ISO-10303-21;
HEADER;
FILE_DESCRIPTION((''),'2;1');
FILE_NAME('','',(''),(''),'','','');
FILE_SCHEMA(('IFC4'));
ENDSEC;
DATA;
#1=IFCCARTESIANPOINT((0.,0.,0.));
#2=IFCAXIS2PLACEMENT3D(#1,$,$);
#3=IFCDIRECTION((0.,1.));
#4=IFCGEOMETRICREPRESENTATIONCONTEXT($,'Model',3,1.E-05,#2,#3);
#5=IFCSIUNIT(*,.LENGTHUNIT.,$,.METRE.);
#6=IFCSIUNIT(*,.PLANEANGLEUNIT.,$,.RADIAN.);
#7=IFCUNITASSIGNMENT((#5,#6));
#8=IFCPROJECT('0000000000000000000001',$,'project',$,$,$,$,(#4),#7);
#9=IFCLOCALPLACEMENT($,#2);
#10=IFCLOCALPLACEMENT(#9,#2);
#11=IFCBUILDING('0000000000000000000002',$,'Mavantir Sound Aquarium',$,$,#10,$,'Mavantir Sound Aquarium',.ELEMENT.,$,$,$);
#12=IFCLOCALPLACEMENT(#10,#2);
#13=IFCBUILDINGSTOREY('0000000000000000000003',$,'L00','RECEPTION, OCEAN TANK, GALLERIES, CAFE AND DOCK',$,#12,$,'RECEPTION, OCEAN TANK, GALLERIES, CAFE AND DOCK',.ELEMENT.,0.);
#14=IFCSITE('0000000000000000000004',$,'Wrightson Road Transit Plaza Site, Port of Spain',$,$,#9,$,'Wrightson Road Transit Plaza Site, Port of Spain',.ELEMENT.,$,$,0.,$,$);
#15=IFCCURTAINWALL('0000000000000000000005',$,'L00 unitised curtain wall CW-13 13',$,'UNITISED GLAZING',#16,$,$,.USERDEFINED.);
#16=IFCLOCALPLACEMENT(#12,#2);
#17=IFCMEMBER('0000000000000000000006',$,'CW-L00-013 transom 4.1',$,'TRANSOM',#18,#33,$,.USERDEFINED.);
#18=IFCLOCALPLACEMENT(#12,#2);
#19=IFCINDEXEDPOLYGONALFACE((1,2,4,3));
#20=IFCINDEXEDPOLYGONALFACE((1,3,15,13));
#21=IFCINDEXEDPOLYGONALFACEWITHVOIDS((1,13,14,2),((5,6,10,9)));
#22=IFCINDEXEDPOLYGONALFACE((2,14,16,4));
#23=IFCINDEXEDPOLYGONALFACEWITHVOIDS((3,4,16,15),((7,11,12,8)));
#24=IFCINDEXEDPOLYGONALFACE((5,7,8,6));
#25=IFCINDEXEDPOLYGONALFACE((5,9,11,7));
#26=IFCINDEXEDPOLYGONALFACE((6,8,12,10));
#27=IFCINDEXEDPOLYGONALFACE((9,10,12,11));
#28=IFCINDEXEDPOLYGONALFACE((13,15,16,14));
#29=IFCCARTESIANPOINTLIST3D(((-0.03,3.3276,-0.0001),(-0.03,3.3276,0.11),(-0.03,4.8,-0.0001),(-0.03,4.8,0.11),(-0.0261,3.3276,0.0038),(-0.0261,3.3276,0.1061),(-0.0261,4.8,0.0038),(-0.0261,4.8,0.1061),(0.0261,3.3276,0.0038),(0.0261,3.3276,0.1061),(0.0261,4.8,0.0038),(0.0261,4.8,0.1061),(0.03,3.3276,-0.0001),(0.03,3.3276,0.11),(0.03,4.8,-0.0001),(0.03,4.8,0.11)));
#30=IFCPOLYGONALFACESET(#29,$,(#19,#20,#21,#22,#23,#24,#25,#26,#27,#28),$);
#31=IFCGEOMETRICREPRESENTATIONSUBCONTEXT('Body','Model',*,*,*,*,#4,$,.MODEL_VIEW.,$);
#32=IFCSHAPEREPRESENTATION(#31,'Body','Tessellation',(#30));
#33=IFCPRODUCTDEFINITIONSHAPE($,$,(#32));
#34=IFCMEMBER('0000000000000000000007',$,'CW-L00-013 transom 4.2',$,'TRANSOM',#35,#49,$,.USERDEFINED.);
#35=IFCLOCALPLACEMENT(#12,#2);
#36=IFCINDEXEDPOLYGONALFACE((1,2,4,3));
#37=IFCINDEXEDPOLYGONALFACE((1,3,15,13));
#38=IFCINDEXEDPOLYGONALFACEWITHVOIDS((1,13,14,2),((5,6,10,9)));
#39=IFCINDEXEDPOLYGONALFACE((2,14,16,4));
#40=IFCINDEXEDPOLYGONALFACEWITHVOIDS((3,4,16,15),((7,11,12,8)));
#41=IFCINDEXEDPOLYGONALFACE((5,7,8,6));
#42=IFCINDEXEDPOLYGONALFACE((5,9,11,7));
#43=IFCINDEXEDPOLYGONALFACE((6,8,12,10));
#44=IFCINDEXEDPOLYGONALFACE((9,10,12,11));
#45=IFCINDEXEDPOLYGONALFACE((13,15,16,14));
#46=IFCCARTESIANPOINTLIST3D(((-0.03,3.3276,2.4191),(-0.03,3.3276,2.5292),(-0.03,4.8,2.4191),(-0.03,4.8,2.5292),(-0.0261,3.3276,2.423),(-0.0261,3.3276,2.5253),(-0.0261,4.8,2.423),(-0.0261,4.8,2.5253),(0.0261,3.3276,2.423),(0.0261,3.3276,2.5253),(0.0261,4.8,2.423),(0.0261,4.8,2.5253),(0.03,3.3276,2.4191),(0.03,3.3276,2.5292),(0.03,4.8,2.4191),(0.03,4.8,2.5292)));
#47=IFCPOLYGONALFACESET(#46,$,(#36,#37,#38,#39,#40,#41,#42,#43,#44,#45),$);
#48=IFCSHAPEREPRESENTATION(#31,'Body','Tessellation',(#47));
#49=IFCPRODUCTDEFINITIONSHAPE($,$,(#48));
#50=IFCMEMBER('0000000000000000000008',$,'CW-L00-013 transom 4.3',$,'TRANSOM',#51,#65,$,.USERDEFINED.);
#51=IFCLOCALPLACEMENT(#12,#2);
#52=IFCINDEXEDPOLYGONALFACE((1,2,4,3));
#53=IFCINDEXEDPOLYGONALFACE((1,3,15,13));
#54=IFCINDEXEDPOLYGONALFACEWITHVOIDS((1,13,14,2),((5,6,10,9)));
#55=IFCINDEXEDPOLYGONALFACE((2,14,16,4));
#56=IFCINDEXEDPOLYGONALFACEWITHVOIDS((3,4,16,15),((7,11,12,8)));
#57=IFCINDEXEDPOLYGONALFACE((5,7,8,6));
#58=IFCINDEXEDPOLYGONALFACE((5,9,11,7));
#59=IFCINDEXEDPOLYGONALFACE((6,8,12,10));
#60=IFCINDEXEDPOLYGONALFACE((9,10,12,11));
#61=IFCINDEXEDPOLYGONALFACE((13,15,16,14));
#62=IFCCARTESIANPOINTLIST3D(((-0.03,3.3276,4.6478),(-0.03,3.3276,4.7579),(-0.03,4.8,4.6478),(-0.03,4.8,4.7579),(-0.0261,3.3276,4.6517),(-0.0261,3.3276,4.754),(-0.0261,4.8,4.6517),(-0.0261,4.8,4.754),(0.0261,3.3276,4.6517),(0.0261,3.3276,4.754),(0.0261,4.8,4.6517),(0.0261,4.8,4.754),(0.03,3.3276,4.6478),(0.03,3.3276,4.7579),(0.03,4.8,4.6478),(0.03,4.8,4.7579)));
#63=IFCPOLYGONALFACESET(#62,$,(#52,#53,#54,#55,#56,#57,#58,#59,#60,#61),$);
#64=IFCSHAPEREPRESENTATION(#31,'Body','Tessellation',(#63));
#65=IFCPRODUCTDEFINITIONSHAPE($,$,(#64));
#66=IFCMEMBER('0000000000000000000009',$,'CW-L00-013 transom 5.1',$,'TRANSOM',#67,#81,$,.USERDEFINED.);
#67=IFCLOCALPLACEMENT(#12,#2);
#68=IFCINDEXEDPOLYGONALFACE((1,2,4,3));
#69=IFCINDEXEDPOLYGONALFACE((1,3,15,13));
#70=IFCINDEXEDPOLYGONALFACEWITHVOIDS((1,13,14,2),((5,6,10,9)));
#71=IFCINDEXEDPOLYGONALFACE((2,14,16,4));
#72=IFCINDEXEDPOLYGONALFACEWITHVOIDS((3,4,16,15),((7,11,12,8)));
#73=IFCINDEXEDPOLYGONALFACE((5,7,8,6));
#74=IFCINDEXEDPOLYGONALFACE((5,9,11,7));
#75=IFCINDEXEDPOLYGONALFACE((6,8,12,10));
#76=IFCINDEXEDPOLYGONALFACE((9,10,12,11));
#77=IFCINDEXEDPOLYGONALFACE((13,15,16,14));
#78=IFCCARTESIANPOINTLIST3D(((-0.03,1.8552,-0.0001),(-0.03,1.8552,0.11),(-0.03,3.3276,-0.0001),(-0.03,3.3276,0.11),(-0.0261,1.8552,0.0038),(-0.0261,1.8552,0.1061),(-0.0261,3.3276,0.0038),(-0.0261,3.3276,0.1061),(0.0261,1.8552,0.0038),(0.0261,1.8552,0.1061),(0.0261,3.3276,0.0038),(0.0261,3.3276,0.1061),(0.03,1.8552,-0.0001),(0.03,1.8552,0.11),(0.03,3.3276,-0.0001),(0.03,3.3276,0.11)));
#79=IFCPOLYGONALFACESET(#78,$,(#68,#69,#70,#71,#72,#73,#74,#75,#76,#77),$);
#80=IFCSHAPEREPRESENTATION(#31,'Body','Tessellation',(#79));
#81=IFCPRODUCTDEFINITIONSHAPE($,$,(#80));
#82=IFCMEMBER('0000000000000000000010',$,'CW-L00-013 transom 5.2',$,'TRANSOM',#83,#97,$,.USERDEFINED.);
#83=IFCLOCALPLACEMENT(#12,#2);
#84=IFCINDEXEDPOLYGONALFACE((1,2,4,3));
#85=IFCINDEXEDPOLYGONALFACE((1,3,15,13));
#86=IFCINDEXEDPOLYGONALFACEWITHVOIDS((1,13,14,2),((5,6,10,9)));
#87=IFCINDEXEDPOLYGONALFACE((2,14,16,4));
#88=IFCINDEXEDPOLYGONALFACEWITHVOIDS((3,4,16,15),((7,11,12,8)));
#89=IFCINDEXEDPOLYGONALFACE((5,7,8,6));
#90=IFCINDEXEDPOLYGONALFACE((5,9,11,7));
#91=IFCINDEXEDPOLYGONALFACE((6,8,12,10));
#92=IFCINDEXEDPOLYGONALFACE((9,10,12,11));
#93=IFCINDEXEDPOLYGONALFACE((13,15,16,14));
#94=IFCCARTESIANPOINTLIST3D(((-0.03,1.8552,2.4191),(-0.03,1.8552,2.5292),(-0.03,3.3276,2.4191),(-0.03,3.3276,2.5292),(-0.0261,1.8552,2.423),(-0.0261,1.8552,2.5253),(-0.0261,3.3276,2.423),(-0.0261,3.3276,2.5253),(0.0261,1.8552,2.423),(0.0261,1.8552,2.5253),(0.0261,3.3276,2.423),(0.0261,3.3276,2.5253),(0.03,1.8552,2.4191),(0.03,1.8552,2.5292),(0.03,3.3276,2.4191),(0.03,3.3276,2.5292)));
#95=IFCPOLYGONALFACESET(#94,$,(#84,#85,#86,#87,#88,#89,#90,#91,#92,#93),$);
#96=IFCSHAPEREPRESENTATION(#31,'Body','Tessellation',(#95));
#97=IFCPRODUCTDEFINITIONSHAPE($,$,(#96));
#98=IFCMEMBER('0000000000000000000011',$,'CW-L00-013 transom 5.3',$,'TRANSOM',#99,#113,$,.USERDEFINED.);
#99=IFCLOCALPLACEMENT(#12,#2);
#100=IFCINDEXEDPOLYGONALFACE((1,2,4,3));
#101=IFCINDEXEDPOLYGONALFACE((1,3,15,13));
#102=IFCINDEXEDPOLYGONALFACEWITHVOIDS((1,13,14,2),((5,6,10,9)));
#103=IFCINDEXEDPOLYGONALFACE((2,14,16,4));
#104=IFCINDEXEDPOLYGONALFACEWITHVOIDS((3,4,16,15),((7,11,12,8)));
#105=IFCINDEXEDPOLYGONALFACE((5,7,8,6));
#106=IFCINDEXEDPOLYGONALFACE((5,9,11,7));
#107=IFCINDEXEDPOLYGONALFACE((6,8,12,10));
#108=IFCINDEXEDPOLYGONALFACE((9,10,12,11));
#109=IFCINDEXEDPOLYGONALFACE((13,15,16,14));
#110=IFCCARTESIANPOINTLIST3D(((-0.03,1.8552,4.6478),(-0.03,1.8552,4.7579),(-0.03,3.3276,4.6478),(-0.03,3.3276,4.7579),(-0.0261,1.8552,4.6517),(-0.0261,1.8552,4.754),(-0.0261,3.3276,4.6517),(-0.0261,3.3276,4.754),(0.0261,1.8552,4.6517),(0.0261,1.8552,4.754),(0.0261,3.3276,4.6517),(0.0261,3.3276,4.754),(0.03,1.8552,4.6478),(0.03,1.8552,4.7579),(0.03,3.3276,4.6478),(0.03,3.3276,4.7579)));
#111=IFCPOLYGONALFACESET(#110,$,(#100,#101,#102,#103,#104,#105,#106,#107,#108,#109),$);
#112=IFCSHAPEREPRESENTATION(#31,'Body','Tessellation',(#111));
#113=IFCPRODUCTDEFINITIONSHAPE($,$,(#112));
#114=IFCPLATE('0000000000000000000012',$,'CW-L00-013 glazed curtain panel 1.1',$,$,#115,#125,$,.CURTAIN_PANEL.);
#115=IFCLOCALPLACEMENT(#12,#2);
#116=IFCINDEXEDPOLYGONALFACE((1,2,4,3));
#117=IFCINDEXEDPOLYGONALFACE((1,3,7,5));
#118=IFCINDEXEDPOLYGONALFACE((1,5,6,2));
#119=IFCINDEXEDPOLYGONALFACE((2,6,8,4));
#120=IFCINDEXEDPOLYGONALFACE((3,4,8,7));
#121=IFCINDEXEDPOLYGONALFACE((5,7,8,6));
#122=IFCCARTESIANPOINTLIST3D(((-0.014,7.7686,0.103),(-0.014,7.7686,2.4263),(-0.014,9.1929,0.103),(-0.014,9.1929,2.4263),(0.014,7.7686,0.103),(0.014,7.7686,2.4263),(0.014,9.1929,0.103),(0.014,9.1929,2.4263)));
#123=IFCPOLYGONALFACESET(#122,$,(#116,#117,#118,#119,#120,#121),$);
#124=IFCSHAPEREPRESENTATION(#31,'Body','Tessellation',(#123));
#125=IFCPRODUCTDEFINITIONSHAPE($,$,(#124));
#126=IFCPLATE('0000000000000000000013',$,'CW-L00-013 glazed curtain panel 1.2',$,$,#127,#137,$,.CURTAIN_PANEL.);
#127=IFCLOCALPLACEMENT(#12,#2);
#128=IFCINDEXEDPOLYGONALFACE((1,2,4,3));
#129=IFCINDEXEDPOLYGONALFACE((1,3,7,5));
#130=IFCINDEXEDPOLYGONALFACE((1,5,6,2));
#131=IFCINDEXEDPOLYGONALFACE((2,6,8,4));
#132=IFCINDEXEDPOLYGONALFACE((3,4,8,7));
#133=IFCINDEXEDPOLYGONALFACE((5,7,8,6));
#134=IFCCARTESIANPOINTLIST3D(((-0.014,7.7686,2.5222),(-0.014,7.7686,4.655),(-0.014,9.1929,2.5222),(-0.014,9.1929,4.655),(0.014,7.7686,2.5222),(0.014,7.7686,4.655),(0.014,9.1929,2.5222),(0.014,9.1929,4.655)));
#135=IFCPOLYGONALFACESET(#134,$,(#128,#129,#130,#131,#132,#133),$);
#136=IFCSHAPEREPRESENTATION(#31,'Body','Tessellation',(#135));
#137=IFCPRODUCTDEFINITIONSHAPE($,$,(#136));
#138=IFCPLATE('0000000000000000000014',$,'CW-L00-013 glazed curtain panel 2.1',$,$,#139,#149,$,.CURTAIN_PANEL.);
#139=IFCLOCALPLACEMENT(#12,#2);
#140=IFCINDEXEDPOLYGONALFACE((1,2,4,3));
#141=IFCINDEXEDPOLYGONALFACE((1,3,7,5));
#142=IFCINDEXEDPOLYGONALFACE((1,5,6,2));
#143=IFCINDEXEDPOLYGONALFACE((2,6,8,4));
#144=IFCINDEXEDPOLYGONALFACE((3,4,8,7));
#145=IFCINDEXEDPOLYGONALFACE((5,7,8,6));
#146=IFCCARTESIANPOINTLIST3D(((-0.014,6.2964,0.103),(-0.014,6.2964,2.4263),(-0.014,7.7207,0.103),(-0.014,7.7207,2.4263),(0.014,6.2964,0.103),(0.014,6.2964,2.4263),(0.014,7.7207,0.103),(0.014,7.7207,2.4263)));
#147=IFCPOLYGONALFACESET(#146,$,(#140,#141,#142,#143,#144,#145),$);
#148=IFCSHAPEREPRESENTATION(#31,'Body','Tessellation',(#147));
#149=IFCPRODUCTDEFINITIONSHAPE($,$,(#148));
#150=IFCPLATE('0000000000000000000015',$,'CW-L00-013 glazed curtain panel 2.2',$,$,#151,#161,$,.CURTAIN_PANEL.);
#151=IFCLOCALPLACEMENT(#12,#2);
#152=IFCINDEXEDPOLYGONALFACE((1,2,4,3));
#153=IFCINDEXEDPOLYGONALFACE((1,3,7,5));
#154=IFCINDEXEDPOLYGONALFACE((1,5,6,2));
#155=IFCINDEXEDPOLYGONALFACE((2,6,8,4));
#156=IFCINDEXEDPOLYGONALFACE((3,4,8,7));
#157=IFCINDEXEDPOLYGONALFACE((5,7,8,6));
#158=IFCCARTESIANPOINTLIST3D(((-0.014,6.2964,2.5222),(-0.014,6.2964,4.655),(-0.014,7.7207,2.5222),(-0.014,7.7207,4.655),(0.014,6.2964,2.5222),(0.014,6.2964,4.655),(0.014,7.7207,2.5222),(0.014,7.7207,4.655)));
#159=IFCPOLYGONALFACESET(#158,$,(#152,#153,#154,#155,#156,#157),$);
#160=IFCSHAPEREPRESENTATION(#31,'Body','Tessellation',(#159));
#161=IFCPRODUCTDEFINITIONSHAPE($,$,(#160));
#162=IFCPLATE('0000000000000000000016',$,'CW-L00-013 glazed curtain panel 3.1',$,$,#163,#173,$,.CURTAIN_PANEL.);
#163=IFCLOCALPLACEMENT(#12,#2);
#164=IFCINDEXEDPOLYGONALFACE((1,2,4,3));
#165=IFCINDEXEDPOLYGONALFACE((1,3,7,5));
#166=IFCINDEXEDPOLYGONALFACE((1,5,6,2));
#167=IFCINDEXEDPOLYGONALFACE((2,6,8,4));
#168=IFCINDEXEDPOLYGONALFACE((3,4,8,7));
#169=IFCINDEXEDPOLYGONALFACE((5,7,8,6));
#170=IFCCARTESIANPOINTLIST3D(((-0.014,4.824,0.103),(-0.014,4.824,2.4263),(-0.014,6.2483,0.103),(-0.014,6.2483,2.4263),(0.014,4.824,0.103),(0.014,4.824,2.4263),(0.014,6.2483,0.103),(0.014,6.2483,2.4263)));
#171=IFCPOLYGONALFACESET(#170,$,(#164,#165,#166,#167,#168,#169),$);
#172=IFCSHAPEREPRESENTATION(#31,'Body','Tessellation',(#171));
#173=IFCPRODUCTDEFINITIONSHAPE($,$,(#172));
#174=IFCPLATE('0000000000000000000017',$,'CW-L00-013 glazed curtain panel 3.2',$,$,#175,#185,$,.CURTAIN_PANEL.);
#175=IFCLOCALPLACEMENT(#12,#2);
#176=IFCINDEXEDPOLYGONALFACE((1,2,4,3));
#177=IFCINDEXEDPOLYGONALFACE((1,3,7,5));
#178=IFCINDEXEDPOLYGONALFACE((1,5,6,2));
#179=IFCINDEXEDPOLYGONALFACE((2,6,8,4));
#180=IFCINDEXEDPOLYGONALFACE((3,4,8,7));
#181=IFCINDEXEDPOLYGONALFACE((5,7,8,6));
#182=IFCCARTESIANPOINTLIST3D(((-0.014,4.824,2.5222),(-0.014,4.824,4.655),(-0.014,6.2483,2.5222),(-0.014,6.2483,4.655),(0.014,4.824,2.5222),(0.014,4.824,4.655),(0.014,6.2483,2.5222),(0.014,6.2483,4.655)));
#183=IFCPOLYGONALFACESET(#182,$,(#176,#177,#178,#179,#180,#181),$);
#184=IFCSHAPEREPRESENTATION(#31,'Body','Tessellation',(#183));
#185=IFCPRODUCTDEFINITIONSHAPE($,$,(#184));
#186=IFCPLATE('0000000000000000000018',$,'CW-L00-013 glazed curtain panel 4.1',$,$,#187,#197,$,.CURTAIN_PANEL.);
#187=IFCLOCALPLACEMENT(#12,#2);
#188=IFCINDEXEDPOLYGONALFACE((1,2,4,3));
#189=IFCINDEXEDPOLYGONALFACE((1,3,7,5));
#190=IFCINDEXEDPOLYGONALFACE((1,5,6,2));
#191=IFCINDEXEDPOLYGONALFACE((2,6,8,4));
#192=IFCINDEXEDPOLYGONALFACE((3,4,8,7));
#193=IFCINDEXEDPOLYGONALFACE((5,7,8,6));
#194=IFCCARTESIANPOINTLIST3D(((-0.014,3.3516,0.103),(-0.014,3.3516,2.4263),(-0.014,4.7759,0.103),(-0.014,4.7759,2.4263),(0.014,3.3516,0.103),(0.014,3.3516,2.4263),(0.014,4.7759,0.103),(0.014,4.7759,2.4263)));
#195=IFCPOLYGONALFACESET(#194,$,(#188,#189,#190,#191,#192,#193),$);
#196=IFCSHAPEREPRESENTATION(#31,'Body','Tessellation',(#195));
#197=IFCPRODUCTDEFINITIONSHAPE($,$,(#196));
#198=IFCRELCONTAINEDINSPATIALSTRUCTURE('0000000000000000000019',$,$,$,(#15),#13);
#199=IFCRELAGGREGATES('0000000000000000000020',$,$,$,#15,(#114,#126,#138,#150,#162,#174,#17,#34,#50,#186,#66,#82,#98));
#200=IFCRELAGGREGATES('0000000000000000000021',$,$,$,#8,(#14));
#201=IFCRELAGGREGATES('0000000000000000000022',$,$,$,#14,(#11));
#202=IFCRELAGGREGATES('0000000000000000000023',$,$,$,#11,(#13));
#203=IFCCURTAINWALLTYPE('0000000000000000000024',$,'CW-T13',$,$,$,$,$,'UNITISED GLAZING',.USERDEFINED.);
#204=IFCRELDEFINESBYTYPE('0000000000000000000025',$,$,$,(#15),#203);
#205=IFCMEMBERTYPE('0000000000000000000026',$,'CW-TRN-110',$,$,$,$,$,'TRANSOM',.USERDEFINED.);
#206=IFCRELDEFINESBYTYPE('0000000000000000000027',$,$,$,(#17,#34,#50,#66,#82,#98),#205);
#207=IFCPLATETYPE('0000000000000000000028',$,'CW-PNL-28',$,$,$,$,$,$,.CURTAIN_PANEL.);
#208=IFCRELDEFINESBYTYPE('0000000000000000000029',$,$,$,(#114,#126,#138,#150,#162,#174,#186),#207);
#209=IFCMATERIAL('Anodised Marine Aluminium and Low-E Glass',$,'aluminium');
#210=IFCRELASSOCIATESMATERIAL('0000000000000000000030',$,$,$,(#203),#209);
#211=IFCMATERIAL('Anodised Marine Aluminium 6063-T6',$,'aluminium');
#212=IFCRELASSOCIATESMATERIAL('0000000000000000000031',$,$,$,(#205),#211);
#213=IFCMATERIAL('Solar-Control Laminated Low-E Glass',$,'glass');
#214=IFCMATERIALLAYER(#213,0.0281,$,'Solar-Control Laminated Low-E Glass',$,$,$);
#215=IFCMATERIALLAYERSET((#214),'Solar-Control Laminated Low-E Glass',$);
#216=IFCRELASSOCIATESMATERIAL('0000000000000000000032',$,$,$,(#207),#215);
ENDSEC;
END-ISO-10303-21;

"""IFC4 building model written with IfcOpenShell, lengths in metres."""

from ifc_helpers import new_model, si_unit, direction, frame, origin, origin_2d, place, context, subcontext, project, spatial, rectangle, hollow_rectangle, extrude, material, layer, layer_set, material_profile, profile_set, type_object, element, aggregate, save


model = new_model("IFC4")

# Units and contexts
model_context = context("Model", 3, precision=1e-05, world=origin(), true_north=direction((0.0, 1.0)))
body_context = subcontext(model_context, "Body", "Model", "MODEL_VIEW")
ifc_project = project(units=[si_unit("LENGTHUNIT", "METRE"), si_unit("PLANEANGLEUNIT", "RADIAN")], contexts=[model_context])

# Site, building, storey
site_placement = place(None, origin())
site = spatial("IfcSite", under=ifc_project, at=site_placement, Name="Wrightson Road Transit Plaza Site, Port of Spain", LongName="Wrightson Road Transit Plaza Site, Port of Spain", CompositionType="ELEMENT", RefElevation=0.0)
building_placement = place(site_placement, origin())
building = spatial("IfcBuilding", under=site, at=building_placement, Name="Mavantir Sound Aquarium", LongName="Mavantir Sound Aquarium", CompositionType="ELEMENT")
storey_placement = place(building_placement, origin())
storey = spatial("IfcBuildingStorey", under=building, at=storey_placement, Name="L00", Description="RECEPTION, OCEAN TANK, GALLERIES, CAFE AND DOCK", LongName="RECEPTION, OCEAN TANK, GALLERIES, CAFE AND DOCK", CompositionType="ELEMENT", Elevation=0.0)

# Curtain wall, members, plates
ifc_material_1 = material(Name="Anodised Marine Aluminium and Low-E Glass", Category="aluminium")
curtain_wall_type = type_object("IfcCurtainWallType", Name="CW-T13", ElementType="UNITISED GLAZING", PredefinedType="USERDEFINED", material=ifc_material_1)
curtain_wall_placement = place(storey_placement, origin())
curtain_wall = element("IfcCurtainWall", 1, at=curtain_wall_placement, inside=storey, type_object=curtain_wall_type, Name="L00 unitised curtain wall CW-13 13", ObjectType="UNITISED GLAZING", PredefinedType="USERDEFINED")
ifc_material_2 = material(Name="Anodised Marine Aluminium 6063-T6", Category="aluminium")
ifc_material_profile_1 = material_profile(ifc_material_2, hollow_rectangle(XDim=0.0601, YDim=0.1101, WallThickness=0.0039, at=origin_2d()), Name="ALU-TRANSOM-110X60")
ifc_profile_set_1 = profile_set([ifc_material_profile_1], Name="Anodised Marine Aluminium 6063-T6")
member_type_1 = type_object("IfcMemberType", Name="CW-TRN-110", ElementType="TRANSOM", PredefinedType="USERDEFINED", material=ifc_profile_set_1)
member_1_placement = place(storey_placement, frame((0.0, 4.8, 0.0549), z_axis=(0.0, -1.0, 0.0), x_axis=(1.0, 0.0, 0.0)))
member_1 = element("IfcMember", 2, at=member_1_placement, type_object=member_type_1, Name="CW-L00-013 transom 4.1", ObjectType="TRANSOM", PredefinedType="USERDEFINED", context=body_context, shape_type="SweptSolid", body=[
    extrude(hollow_rectangle(XDim=0.0601, YDim=0.1101, WallThickness=0.0039, at=origin_2d()), origin(), (0.0, 0.0, 1.0), 1.4724),
])
member_2_placement = place(storey_placement, frame((0.0, 4.8, 2.4741), z_axis=(0.0, -1.0, 0.0), x_axis=(1.0, 0.0, 0.0)))
member_2 = element("IfcMember", 3, at=member_2_placement, type_object=member_type_1, Name="CW-L00-013 transom 4.2", ObjectType="TRANSOM", PredefinedType="USERDEFINED", context=body_context, shape_type="SweptSolid", body=[
    extrude(hollow_rectangle(XDim=0.0601, YDim=0.1101, WallThickness=0.0039, at=origin_2d()), origin(), (0.0, 0.0, 1.0), 1.4724),
])
member_3_placement = place(storey_placement, frame((0.0, 4.8, 4.7029), z_axis=(0.0, -1.0, 0.0), x_axis=(1.0, 0.0, 0.0)))
member_3 = element("IfcMember", 4, at=member_3_placement, type_object=member_type_1, Name="CW-L00-013 transom 4.3", ObjectType="TRANSOM", PredefinedType="USERDEFINED", context=body_context, shape_type="SweptSolid", body=[
    extrude(hollow_rectangle(XDim=0.0601, YDim=0.1101, WallThickness=0.0039, at=origin_2d()), origin(), (0.0, 0.0, 1.0), 1.4724),
])
member_4_placement = place(storey_placement, frame((0.0, 3.3276, 0.0549), z_axis=(0.0, -1.0, 0.0), x_axis=(1.0, 0.0, 0.0)))
member_4 = element("IfcMember", 5, at=member_4_placement, type_object=member_type_1, Name="CW-L00-013 transom 5.1", ObjectType="TRANSOM", PredefinedType="USERDEFINED", context=body_context, shape_type="SweptSolid", body=[
    extrude(hollow_rectangle(XDim=0.0601, YDim=0.1101, WallThickness=0.0039, at=origin_2d()), origin(), (0.0, 0.0, 1.0), 1.4724),
])
member_5_placement = place(storey_placement, frame((0.0, 3.3276, 2.4741), z_axis=(0.0, -1.0, 0.0), x_axis=(1.0, 0.0, 0.0)))
member_5 = element("IfcMember", 6, at=member_5_placement, type_object=member_type_1, Name="CW-L00-013 transom 5.2", ObjectType="TRANSOM", PredefinedType="USERDEFINED", context=body_context, shape_type="SweptSolid", body=[
    extrude(hollow_rectangle(XDim=0.0601, YDim=0.1101, WallThickness=0.0039, at=origin_2d()), origin(), (0.0, 0.0, 1.0), 1.4724),
])
member_6_placement = place(storey_placement, frame((0.0, 3.3276, 4.7029), z_axis=(0.0, -1.0, 0.0), x_axis=(1.0, 0.0, 0.0)))
member_6 = element("IfcMember", 7, at=member_6_placement, type_object=member_type_1, Name="CW-L00-013 transom 5.3", ObjectType="TRANSOM", PredefinedType="USERDEFINED", context=body_context, shape_type="SweptSolid", body=[
    extrude(hollow_rectangle(XDim=0.0601, YDim=0.1101, WallThickness=0.0039, at=origin_2d()), origin(), (0.0, 0.0, 1.0), 1.4724),
])
ifc_material_3 = material(Name="Solar-Control Laminated Low-E Glass", Category="glass")
ifc_layer = layer(ifc_material_3, 0.0281, Name="Solar-Control Laminated Low-E Glass")
ifc_layer_set = layer_set([ifc_layer], Name="Solar-Control Laminated Low-E Glass")
plate_type = type_object("IfcPlateType", Name="CW-PNL-28", PredefinedType="CURTAIN_PANEL", material=ifc_layer_set)
plate_1_placement = place(storey_placement, frame((0.0, 8.4807, 0.103), z_axis=(0.0, 0.0, 1.0), x_axis=(0.0, -1.0, 0.0)))
plate_1 = element("IfcPlate", 8, at=plate_1_placement, type_object=plate_type, Name="CW-L00-013 glazed curtain panel 1.1", PredefinedType="CURTAIN_PANEL", context=body_context, shape_type="SweptSolid", body=[
    extrude(rectangle(XDim=1.4243, YDim=0.0281, at=origin_2d()), origin(), (0.0, 0.0, 1.0), 2.3232),
])
plate_2_placement = place(storey_placement, frame((0.0, 8.4807, 2.5222), z_axis=(0.0, 0.0, 1.0), x_axis=(0.0, -1.0, 0.0)))
plate_2 = element("IfcPlate", 9, at=plate_2_placement, type_object=plate_type, Name="CW-L00-013 glazed curtain panel 1.2", PredefinedType="CURTAIN_PANEL", context=body_context, shape_type="SweptSolid", body=[
    extrude(rectangle(XDim=1.4243, YDim=0.0281, at=origin_2d()), origin(), (0.0, 0.0, 1.0), 2.1328),
])
plate_3_placement = place(storey_placement, frame((0.0, 7.0085, 0.103), z_axis=(0.0, 0.0, 1.0), x_axis=(0.0, -1.0, 0.0)))
plate_3 = element("IfcPlate", 10, at=plate_3_placement, type_object=plate_type, Name="CW-L00-013 glazed curtain panel 2.1", PredefinedType="CURTAIN_PANEL", context=body_context, shape_type="SweptSolid", body=[
    extrude(rectangle(XDim=1.4243, YDim=0.0281, at=origin_2d()), origin(), (0.0, 0.0, 1.0), 2.3232),
])
plate_4_placement = place(storey_placement, frame((0.0, 7.0085, 2.5222), z_axis=(0.0, 0.0, 1.0), x_axis=(0.0, -1.0, 0.0)))
plate_4 = element("IfcPlate", 11, at=plate_4_placement, type_object=plate_type, Name="CW-L00-013 glazed curtain panel 2.2", PredefinedType="CURTAIN_PANEL", context=body_context, shape_type="SweptSolid", body=[
    extrude(rectangle(XDim=1.4243, YDim=0.0281, at=origin_2d()), origin(), (0.0, 0.0, 1.0), 2.1328),
])
plate_5_placement = place(storey_placement, frame((0.0, 5.5361, 0.103), z_axis=(0.0, 0.0, 1.0), x_axis=(0.0, -1.0, 0.0)))
plate_5 = element("IfcPlate", 12, at=plate_5_placement, type_object=plate_type, Name="CW-L00-013 glazed curtain panel 3.1", PredefinedType="CURTAIN_PANEL", context=body_context, shape_type="SweptSolid", body=[
    extrude(rectangle(XDim=1.4243, YDim=0.0281, at=origin_2d()), origin(), (0.0, 0.0, 1.0), 2.3232),
])
plate_6_placement = place(storey_placement, frame((0.0, 5.5361, 2.5222), z_axis=(0.0, 0.0, 1.0), x_axis=(0.0, -1.0, 0.0)))
plate_6 = element("IfcPlate", 13, at=plate_6_placement, type_object=plate_type, Name="CW-L00-013 glazed curtain panel 3.2", PredefinedType="CURTAIN_PANEL", context=body_context, shape_type="SweptSolid", body=[
    extrude(rectangle(XDim=1.4243, YDim=0.0281, at=origin_2d()), origin(), (0.0, 0.0, 1.0), 2.1328),
])
plate_7_placement = place(storey_placement, frame((0.0, 4.0637, 0.103), z_axis=(0.0, 0.0, 1.0), x_axis=(0.0, -1.0, 0.0)))
plate_7 = element("IfcPlate", 14, at=plate_7_placement, type_object=plate_type, Name="CW-L00-013 glazed curtain panel 4.1", PredefinedType="CURTAIN_PANEL", context=body_context, shape_type="SweptSolid", body=[
    extrude(rectangle(XDim=1.4243, YDim=0.0281, at=origin_2d()), origin(), (0.0, 0.0, 1.0), 2.3232),
])
aggregate(curtain_wall, [plate_1, plate_2, plate_3, plate_4, plate_5, plate_6, member_1, member_2, member_3, plate_7, member_4, member_5, member_6])

save(model, "model.ifc")
